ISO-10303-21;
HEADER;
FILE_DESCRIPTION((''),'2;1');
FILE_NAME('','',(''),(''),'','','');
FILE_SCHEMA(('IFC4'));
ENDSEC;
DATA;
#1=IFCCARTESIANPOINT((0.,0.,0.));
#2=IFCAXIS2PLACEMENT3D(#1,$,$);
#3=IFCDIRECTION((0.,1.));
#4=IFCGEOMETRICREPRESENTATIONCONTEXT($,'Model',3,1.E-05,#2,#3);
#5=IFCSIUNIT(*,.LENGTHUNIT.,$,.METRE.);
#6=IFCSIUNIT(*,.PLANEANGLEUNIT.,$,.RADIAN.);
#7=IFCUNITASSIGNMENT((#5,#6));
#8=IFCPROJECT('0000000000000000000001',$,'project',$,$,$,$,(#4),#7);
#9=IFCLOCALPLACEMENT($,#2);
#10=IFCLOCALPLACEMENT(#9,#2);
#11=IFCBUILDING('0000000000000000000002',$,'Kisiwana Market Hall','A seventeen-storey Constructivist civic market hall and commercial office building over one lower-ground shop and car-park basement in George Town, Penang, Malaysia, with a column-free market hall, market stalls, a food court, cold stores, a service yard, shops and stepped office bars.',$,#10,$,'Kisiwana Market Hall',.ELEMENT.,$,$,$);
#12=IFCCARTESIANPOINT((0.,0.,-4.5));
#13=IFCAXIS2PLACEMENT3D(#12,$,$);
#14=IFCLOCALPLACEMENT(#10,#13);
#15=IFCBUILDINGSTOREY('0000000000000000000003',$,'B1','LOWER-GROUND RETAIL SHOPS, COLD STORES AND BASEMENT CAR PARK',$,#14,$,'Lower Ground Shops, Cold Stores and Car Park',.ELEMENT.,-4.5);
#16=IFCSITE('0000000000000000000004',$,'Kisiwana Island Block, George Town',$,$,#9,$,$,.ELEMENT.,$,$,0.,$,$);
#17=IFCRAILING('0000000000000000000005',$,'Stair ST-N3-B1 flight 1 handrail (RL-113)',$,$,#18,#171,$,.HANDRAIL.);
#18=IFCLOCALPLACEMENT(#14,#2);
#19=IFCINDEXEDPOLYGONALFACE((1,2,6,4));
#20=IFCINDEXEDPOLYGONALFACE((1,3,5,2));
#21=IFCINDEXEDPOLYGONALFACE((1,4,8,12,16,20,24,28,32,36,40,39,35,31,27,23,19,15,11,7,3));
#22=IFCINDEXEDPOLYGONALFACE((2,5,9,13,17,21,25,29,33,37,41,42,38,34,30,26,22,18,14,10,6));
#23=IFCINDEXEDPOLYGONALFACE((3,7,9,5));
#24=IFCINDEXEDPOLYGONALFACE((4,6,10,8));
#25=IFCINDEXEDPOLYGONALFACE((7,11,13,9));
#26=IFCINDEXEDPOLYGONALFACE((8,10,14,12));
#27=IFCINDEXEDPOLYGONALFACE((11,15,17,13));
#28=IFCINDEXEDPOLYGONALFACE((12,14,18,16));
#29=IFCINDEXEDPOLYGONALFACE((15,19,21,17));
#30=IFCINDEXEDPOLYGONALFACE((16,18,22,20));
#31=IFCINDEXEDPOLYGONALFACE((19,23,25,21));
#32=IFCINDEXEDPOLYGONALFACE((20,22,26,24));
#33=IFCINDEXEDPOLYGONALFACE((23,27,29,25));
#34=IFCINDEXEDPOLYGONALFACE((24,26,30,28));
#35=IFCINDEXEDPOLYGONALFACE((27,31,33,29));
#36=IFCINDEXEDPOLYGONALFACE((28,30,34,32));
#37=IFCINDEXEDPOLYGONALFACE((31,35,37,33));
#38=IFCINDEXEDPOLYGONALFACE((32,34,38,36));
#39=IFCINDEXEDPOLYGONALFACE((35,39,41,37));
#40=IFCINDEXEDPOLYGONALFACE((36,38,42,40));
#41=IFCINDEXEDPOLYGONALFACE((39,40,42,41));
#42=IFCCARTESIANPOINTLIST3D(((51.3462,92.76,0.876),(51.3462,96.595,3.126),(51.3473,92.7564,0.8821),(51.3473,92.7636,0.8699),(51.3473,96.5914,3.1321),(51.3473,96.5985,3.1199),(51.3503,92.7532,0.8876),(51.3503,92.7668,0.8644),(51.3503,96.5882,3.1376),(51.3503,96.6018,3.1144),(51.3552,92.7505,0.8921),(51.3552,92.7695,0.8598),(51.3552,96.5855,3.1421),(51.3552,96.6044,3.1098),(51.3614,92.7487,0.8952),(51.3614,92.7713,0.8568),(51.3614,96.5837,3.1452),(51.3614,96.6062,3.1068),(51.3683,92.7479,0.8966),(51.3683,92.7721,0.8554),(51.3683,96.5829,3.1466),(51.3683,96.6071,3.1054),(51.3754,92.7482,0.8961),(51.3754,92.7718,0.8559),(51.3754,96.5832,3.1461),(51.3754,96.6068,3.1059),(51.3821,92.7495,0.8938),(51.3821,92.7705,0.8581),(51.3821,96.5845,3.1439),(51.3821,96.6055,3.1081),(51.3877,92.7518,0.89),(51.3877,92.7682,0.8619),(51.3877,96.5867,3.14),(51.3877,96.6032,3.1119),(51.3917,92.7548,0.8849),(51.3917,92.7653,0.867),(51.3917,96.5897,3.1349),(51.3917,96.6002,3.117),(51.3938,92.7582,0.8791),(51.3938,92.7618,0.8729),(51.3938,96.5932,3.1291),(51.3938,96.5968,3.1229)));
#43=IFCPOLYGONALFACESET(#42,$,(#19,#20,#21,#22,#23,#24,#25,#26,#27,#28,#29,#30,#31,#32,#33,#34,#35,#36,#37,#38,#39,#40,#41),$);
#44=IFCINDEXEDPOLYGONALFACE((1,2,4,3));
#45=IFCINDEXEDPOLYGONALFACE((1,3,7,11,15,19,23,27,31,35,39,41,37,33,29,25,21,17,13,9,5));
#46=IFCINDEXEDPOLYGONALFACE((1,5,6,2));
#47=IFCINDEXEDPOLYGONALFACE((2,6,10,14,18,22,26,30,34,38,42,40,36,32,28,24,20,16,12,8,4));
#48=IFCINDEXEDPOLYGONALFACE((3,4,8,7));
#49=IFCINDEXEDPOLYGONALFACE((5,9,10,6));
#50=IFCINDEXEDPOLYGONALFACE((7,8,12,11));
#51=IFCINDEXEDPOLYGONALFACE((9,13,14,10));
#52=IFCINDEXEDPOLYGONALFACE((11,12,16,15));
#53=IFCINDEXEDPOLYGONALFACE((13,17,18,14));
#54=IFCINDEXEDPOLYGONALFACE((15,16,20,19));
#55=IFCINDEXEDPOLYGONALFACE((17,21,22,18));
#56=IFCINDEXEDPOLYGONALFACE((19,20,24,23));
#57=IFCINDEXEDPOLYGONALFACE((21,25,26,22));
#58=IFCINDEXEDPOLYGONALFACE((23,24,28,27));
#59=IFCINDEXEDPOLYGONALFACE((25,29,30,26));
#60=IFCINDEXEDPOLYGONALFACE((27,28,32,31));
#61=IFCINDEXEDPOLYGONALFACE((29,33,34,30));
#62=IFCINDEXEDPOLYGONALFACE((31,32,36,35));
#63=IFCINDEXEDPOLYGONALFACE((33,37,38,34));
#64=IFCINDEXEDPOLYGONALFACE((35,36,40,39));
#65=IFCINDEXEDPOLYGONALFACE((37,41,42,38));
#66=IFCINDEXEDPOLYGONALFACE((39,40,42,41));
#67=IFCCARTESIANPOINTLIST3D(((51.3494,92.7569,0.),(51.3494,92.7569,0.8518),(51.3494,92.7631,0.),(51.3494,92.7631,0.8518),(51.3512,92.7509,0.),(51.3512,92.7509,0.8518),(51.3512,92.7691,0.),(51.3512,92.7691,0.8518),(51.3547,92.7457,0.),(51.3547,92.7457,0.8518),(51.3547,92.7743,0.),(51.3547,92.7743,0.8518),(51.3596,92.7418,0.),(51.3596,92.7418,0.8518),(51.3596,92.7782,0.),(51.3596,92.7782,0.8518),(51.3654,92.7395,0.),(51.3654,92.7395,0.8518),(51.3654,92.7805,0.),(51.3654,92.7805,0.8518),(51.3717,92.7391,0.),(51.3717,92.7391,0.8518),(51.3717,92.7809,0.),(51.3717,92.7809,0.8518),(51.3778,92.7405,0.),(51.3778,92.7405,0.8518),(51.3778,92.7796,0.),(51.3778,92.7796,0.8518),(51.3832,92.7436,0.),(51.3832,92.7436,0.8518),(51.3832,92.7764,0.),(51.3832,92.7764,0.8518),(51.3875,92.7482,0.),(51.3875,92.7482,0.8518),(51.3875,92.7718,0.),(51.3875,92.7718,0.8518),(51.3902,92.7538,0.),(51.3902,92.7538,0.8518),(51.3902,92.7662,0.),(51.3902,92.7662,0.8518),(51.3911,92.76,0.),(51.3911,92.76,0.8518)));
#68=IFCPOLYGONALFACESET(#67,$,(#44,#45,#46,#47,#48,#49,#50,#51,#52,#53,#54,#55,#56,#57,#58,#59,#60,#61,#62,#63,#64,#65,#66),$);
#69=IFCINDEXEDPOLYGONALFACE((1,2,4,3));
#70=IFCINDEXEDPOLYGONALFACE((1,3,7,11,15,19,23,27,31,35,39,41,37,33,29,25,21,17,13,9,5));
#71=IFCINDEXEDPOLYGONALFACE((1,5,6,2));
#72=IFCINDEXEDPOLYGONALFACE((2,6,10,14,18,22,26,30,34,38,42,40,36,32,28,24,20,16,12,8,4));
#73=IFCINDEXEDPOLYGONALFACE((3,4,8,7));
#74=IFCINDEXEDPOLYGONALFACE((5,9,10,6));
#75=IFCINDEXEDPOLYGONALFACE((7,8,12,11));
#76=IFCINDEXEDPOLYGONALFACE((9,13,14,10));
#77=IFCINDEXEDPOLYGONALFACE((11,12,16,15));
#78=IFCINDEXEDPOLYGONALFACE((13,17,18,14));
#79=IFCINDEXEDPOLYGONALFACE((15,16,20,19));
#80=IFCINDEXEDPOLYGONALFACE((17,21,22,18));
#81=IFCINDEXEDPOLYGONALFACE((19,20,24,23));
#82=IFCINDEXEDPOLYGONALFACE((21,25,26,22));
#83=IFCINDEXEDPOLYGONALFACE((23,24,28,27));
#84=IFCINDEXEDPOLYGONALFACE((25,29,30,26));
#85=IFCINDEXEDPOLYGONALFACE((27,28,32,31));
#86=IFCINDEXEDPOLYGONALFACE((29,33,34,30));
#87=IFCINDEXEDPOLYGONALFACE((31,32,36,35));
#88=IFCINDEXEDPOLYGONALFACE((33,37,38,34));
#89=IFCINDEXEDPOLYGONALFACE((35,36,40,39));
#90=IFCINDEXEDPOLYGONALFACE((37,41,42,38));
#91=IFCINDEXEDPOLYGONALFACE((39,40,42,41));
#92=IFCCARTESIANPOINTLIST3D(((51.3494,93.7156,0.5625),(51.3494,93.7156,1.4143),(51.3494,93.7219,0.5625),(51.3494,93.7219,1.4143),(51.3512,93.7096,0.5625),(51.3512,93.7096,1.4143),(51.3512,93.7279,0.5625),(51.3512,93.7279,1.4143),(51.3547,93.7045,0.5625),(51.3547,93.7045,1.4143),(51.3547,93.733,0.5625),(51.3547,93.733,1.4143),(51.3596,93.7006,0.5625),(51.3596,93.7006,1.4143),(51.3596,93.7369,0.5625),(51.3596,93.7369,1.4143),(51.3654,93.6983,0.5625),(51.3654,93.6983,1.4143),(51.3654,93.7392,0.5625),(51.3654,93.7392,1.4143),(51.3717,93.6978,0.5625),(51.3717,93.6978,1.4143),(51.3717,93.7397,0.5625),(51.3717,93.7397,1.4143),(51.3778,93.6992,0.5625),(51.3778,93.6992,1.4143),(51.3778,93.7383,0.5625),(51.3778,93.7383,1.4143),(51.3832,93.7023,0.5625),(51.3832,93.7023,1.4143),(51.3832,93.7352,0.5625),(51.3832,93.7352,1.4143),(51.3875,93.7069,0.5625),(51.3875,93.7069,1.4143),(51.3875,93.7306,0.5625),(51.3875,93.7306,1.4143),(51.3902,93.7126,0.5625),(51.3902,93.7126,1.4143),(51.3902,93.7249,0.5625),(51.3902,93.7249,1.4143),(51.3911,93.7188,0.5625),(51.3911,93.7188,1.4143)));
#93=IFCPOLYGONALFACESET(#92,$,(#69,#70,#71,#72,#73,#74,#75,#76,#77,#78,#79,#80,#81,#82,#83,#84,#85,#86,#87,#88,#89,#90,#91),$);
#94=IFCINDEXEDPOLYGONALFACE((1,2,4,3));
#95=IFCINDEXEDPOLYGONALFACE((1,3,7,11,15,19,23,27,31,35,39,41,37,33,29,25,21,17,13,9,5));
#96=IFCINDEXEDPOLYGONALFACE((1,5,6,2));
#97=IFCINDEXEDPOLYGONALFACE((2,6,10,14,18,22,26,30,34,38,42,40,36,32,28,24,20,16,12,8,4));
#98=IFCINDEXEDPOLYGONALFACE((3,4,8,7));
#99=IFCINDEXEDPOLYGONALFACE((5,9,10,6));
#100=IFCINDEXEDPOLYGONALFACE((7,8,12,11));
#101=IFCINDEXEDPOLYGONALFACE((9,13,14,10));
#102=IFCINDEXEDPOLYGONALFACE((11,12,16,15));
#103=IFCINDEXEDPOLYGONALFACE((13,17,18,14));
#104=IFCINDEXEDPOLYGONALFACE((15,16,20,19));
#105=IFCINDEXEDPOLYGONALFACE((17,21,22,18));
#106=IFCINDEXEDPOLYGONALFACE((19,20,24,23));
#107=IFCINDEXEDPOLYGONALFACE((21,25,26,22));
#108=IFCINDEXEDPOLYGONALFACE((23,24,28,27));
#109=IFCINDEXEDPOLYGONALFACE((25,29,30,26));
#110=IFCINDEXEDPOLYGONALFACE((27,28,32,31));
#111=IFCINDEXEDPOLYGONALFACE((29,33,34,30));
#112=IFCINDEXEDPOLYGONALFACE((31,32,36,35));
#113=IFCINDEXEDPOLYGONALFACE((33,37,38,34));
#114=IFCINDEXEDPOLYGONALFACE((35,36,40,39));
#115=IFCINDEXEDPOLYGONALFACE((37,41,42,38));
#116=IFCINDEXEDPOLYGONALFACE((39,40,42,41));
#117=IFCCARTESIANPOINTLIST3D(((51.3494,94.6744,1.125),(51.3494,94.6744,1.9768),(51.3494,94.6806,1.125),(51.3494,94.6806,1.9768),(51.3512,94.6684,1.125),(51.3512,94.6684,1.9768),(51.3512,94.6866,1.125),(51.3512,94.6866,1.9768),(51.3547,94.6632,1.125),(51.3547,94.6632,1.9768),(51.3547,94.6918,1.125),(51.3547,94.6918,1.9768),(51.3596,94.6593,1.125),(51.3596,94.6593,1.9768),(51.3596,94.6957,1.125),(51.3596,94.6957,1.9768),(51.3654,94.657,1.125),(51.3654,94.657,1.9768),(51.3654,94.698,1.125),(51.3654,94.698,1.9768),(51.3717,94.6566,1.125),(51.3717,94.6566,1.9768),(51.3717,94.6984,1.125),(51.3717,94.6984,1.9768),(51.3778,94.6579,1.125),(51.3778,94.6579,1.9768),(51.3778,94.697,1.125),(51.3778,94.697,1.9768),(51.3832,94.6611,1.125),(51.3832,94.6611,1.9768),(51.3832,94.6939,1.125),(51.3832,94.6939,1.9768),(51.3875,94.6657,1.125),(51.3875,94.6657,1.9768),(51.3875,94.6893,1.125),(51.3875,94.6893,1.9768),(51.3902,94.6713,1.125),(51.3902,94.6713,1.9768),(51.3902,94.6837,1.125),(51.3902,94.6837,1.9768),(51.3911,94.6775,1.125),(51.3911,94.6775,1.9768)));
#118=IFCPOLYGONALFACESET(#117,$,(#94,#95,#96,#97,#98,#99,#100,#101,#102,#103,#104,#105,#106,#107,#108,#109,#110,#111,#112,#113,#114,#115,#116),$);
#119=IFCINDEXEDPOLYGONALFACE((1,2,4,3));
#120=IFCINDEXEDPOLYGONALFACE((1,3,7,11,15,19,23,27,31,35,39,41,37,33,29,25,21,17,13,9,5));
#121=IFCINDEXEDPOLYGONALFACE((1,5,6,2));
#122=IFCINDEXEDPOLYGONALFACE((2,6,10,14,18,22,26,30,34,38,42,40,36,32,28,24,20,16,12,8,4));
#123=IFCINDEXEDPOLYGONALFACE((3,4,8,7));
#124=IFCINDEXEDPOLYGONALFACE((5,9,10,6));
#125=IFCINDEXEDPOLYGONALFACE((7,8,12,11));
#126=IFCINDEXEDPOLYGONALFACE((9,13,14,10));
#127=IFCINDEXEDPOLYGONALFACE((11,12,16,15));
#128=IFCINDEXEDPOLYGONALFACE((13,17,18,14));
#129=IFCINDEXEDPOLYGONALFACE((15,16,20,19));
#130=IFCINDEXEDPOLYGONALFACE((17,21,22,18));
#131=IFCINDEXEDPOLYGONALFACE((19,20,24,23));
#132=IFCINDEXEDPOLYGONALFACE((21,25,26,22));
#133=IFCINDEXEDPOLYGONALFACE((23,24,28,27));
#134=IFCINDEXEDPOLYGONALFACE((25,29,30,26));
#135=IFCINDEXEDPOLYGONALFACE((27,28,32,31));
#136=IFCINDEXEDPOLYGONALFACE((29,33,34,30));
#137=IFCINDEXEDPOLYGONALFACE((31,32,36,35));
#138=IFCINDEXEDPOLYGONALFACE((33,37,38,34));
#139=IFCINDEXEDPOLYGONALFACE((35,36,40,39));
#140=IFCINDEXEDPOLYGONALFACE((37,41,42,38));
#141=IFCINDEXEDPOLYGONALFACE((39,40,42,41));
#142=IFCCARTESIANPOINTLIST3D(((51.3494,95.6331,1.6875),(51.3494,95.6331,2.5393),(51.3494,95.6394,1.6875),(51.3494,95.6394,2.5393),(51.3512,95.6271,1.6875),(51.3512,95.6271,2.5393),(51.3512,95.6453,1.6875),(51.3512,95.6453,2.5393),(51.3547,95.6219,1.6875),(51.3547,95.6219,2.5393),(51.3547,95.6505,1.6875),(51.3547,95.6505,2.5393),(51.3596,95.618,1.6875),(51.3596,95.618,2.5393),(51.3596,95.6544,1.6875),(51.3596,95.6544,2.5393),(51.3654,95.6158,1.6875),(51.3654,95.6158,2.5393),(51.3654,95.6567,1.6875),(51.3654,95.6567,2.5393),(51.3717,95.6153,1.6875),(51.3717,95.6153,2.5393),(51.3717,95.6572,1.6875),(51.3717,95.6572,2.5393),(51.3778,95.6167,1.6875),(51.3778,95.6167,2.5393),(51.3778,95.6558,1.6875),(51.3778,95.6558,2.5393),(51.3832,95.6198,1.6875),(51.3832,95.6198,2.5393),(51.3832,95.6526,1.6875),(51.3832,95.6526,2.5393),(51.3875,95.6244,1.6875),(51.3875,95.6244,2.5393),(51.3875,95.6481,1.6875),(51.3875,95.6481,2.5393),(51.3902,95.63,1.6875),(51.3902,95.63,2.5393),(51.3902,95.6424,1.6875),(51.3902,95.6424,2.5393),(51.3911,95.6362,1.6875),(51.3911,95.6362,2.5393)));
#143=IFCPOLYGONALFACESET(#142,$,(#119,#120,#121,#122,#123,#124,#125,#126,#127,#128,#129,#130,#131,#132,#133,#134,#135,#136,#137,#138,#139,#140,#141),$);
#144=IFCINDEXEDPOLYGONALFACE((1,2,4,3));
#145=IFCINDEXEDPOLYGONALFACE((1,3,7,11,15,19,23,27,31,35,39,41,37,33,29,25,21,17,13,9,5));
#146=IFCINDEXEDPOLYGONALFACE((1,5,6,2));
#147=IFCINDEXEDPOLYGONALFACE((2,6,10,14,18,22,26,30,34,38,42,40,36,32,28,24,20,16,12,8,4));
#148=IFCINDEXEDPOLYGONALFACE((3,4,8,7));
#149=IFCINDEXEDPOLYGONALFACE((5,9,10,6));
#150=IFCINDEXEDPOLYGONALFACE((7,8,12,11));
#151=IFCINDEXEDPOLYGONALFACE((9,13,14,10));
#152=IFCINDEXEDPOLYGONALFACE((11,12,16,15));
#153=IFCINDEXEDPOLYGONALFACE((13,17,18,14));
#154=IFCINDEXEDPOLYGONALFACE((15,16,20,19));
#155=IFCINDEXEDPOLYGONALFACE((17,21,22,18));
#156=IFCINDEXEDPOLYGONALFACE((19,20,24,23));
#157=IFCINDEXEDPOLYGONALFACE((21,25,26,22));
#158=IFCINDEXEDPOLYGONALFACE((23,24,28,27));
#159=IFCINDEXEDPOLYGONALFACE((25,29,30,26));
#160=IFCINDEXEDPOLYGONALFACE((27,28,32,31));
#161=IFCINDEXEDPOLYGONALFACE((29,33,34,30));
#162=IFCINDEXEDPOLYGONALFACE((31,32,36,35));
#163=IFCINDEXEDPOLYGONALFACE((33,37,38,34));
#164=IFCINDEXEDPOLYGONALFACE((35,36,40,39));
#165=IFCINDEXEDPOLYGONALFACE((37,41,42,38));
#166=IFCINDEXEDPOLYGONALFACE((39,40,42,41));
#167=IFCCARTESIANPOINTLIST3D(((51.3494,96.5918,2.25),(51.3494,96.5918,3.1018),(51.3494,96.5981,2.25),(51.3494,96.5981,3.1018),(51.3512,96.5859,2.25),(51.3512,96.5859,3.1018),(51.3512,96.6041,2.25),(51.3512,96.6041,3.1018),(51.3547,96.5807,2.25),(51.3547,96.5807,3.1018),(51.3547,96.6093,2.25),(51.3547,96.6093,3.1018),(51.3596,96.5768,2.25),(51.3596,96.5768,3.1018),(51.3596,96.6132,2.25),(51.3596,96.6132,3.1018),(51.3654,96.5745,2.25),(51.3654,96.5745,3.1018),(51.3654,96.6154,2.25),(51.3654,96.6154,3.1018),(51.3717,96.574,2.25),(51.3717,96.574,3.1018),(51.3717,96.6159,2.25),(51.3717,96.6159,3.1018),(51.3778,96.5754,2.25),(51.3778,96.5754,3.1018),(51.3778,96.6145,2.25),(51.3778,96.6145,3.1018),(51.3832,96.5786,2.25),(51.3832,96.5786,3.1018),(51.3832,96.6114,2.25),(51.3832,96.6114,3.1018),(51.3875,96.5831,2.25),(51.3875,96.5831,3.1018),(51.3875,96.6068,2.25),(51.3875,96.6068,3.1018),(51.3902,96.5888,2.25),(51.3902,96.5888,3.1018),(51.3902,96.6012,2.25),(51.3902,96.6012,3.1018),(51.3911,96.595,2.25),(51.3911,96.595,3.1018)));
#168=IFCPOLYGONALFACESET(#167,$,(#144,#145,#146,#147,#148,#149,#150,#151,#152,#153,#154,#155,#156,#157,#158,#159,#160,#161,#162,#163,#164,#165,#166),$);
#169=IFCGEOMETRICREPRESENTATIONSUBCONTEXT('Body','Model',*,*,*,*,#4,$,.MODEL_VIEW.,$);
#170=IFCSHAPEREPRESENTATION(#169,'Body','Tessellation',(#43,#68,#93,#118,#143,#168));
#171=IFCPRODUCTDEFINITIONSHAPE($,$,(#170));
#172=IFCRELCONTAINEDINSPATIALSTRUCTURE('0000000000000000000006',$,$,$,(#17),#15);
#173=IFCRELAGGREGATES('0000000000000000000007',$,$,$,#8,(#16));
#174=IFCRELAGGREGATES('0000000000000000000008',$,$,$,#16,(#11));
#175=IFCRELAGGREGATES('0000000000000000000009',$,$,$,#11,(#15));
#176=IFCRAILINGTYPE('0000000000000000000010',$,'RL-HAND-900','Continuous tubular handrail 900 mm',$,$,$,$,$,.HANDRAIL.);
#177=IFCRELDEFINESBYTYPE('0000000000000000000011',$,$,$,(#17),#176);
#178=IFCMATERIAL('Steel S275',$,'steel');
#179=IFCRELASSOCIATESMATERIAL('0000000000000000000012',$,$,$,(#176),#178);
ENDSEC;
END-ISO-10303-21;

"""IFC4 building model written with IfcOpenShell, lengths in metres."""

from ifc_helpers import new_model, si_unit, direction, frame, origin, origin_2d, place, context, subcontext, project, spatial, circle, extrude, material, type_object, element, save


model = new_model("IFC4")

# Units and contexts
model_context = context("Model", 3, precision=1e-05, world=origin(), true_north=direction((0.0, 1.0)))
body_context = subcontext(model_context, "Body", "Model", "MODEL_VIEW")
ifc_project = project(units=[si_unit("LENGTHUNIT", "METRE"), si_unit("PLANEANGLEUNIT", "RADIAN")], contexts=[model_context])

# Site, building, storey
site_placement = place(None, origin())
site = spatial("IfcSite", under=ifc_project, at=site_placement, Name="Kisiwana Island Block, George Town", CompositionType="ELEMENT", RefElevation=0.0)
building_placement = place(site_placement, origin())
building = spatial("IfcBuilding", under=site, at=building_placement, Name="Kisiwana Market Hall", Description="A seventeen-storey Constructivist civic market hall and commercial office building over one lower-ground shop and car-park basement in George Town, Penang, Malaysia, with a column-free market hall, market stalls, a food court, cold stores, a service yard, shops and stepped office bars.", LongName="Kisiwana Market Hall", CompositionType="ELEMENT")
storey_placement = place(building_placement, frame((0.0, 0.0, -4.5)))
storey = spatial("IfcBuildingStorey", under=building, at=storey_placement, Name="B1", Description="LOWER-GROUND RETAIL SHOPS, COLD STORES AND BASEMENT CAR PARK", LongName="Lower Ground Shops, Cold Stores and Car Park", CompositionType="ELEMENT", Elevation=-4.5)

# Railing
ifc_material_1 = material(Name="Steel S275", Category="steel")
railing_type_1 = type_object("IfcRailingType", Name="RL-HAND-900", Description="Continuous tubular handrail 900 mm", PredefinedType="HANDRAIL", material=ifc_material_1)
railing_1_placement = place(storey_placement, frame((51.3701, 92.76, 0.0)))
element("IfcRailing", 1, at=railing_1_placement, inside=storey, type_object=railing_type_1, Name="Stair ST-N3-B1 flight 1 handrail (RL-113)", PredefinedType="HANDRAIL", context=body_context, shape_type="SweptSolid", body=[
    extrude(circle(Radius=0.0239, at=origin_2d()), frame((0.0, 0.0, 0.876), z_axis=(0.0, 0.86251, 0.506041), x_axis=(-1.0, 0.0, 0.0)), (0.0, 0.0, 1.0), 4.4463),
    extrude(circle(Radius=0.021, at=origin_2d()), origin(), (0.0, 0.0, 1.0), 0.8518),
    extrude(circle(Radius=0.021, at=origin_2d()), frame((0.0, 0.9587, 0.5625)), (0.0, 0.0, 1.0), 0.8518),
    extrude(circle(Radius=0.021, at=origin_2d()), frame((0.0, 1.9175, 1.125)), (0.0, 0.0, 1.0), 0.8518),
    extrude(circle(Radius=0.021, at=origin_2d()), frame((0.0, 2.8762, 1.6875)), (0.0, 0.0, 1.0), 0.8518),
    extrude(circle(Radius=0.021, at=origin_2d()), frame((0.0, 3.835, 2.25)), (0.0, 0.0, 1.0), 0.8518),
])

save(model, "model.ifc")
